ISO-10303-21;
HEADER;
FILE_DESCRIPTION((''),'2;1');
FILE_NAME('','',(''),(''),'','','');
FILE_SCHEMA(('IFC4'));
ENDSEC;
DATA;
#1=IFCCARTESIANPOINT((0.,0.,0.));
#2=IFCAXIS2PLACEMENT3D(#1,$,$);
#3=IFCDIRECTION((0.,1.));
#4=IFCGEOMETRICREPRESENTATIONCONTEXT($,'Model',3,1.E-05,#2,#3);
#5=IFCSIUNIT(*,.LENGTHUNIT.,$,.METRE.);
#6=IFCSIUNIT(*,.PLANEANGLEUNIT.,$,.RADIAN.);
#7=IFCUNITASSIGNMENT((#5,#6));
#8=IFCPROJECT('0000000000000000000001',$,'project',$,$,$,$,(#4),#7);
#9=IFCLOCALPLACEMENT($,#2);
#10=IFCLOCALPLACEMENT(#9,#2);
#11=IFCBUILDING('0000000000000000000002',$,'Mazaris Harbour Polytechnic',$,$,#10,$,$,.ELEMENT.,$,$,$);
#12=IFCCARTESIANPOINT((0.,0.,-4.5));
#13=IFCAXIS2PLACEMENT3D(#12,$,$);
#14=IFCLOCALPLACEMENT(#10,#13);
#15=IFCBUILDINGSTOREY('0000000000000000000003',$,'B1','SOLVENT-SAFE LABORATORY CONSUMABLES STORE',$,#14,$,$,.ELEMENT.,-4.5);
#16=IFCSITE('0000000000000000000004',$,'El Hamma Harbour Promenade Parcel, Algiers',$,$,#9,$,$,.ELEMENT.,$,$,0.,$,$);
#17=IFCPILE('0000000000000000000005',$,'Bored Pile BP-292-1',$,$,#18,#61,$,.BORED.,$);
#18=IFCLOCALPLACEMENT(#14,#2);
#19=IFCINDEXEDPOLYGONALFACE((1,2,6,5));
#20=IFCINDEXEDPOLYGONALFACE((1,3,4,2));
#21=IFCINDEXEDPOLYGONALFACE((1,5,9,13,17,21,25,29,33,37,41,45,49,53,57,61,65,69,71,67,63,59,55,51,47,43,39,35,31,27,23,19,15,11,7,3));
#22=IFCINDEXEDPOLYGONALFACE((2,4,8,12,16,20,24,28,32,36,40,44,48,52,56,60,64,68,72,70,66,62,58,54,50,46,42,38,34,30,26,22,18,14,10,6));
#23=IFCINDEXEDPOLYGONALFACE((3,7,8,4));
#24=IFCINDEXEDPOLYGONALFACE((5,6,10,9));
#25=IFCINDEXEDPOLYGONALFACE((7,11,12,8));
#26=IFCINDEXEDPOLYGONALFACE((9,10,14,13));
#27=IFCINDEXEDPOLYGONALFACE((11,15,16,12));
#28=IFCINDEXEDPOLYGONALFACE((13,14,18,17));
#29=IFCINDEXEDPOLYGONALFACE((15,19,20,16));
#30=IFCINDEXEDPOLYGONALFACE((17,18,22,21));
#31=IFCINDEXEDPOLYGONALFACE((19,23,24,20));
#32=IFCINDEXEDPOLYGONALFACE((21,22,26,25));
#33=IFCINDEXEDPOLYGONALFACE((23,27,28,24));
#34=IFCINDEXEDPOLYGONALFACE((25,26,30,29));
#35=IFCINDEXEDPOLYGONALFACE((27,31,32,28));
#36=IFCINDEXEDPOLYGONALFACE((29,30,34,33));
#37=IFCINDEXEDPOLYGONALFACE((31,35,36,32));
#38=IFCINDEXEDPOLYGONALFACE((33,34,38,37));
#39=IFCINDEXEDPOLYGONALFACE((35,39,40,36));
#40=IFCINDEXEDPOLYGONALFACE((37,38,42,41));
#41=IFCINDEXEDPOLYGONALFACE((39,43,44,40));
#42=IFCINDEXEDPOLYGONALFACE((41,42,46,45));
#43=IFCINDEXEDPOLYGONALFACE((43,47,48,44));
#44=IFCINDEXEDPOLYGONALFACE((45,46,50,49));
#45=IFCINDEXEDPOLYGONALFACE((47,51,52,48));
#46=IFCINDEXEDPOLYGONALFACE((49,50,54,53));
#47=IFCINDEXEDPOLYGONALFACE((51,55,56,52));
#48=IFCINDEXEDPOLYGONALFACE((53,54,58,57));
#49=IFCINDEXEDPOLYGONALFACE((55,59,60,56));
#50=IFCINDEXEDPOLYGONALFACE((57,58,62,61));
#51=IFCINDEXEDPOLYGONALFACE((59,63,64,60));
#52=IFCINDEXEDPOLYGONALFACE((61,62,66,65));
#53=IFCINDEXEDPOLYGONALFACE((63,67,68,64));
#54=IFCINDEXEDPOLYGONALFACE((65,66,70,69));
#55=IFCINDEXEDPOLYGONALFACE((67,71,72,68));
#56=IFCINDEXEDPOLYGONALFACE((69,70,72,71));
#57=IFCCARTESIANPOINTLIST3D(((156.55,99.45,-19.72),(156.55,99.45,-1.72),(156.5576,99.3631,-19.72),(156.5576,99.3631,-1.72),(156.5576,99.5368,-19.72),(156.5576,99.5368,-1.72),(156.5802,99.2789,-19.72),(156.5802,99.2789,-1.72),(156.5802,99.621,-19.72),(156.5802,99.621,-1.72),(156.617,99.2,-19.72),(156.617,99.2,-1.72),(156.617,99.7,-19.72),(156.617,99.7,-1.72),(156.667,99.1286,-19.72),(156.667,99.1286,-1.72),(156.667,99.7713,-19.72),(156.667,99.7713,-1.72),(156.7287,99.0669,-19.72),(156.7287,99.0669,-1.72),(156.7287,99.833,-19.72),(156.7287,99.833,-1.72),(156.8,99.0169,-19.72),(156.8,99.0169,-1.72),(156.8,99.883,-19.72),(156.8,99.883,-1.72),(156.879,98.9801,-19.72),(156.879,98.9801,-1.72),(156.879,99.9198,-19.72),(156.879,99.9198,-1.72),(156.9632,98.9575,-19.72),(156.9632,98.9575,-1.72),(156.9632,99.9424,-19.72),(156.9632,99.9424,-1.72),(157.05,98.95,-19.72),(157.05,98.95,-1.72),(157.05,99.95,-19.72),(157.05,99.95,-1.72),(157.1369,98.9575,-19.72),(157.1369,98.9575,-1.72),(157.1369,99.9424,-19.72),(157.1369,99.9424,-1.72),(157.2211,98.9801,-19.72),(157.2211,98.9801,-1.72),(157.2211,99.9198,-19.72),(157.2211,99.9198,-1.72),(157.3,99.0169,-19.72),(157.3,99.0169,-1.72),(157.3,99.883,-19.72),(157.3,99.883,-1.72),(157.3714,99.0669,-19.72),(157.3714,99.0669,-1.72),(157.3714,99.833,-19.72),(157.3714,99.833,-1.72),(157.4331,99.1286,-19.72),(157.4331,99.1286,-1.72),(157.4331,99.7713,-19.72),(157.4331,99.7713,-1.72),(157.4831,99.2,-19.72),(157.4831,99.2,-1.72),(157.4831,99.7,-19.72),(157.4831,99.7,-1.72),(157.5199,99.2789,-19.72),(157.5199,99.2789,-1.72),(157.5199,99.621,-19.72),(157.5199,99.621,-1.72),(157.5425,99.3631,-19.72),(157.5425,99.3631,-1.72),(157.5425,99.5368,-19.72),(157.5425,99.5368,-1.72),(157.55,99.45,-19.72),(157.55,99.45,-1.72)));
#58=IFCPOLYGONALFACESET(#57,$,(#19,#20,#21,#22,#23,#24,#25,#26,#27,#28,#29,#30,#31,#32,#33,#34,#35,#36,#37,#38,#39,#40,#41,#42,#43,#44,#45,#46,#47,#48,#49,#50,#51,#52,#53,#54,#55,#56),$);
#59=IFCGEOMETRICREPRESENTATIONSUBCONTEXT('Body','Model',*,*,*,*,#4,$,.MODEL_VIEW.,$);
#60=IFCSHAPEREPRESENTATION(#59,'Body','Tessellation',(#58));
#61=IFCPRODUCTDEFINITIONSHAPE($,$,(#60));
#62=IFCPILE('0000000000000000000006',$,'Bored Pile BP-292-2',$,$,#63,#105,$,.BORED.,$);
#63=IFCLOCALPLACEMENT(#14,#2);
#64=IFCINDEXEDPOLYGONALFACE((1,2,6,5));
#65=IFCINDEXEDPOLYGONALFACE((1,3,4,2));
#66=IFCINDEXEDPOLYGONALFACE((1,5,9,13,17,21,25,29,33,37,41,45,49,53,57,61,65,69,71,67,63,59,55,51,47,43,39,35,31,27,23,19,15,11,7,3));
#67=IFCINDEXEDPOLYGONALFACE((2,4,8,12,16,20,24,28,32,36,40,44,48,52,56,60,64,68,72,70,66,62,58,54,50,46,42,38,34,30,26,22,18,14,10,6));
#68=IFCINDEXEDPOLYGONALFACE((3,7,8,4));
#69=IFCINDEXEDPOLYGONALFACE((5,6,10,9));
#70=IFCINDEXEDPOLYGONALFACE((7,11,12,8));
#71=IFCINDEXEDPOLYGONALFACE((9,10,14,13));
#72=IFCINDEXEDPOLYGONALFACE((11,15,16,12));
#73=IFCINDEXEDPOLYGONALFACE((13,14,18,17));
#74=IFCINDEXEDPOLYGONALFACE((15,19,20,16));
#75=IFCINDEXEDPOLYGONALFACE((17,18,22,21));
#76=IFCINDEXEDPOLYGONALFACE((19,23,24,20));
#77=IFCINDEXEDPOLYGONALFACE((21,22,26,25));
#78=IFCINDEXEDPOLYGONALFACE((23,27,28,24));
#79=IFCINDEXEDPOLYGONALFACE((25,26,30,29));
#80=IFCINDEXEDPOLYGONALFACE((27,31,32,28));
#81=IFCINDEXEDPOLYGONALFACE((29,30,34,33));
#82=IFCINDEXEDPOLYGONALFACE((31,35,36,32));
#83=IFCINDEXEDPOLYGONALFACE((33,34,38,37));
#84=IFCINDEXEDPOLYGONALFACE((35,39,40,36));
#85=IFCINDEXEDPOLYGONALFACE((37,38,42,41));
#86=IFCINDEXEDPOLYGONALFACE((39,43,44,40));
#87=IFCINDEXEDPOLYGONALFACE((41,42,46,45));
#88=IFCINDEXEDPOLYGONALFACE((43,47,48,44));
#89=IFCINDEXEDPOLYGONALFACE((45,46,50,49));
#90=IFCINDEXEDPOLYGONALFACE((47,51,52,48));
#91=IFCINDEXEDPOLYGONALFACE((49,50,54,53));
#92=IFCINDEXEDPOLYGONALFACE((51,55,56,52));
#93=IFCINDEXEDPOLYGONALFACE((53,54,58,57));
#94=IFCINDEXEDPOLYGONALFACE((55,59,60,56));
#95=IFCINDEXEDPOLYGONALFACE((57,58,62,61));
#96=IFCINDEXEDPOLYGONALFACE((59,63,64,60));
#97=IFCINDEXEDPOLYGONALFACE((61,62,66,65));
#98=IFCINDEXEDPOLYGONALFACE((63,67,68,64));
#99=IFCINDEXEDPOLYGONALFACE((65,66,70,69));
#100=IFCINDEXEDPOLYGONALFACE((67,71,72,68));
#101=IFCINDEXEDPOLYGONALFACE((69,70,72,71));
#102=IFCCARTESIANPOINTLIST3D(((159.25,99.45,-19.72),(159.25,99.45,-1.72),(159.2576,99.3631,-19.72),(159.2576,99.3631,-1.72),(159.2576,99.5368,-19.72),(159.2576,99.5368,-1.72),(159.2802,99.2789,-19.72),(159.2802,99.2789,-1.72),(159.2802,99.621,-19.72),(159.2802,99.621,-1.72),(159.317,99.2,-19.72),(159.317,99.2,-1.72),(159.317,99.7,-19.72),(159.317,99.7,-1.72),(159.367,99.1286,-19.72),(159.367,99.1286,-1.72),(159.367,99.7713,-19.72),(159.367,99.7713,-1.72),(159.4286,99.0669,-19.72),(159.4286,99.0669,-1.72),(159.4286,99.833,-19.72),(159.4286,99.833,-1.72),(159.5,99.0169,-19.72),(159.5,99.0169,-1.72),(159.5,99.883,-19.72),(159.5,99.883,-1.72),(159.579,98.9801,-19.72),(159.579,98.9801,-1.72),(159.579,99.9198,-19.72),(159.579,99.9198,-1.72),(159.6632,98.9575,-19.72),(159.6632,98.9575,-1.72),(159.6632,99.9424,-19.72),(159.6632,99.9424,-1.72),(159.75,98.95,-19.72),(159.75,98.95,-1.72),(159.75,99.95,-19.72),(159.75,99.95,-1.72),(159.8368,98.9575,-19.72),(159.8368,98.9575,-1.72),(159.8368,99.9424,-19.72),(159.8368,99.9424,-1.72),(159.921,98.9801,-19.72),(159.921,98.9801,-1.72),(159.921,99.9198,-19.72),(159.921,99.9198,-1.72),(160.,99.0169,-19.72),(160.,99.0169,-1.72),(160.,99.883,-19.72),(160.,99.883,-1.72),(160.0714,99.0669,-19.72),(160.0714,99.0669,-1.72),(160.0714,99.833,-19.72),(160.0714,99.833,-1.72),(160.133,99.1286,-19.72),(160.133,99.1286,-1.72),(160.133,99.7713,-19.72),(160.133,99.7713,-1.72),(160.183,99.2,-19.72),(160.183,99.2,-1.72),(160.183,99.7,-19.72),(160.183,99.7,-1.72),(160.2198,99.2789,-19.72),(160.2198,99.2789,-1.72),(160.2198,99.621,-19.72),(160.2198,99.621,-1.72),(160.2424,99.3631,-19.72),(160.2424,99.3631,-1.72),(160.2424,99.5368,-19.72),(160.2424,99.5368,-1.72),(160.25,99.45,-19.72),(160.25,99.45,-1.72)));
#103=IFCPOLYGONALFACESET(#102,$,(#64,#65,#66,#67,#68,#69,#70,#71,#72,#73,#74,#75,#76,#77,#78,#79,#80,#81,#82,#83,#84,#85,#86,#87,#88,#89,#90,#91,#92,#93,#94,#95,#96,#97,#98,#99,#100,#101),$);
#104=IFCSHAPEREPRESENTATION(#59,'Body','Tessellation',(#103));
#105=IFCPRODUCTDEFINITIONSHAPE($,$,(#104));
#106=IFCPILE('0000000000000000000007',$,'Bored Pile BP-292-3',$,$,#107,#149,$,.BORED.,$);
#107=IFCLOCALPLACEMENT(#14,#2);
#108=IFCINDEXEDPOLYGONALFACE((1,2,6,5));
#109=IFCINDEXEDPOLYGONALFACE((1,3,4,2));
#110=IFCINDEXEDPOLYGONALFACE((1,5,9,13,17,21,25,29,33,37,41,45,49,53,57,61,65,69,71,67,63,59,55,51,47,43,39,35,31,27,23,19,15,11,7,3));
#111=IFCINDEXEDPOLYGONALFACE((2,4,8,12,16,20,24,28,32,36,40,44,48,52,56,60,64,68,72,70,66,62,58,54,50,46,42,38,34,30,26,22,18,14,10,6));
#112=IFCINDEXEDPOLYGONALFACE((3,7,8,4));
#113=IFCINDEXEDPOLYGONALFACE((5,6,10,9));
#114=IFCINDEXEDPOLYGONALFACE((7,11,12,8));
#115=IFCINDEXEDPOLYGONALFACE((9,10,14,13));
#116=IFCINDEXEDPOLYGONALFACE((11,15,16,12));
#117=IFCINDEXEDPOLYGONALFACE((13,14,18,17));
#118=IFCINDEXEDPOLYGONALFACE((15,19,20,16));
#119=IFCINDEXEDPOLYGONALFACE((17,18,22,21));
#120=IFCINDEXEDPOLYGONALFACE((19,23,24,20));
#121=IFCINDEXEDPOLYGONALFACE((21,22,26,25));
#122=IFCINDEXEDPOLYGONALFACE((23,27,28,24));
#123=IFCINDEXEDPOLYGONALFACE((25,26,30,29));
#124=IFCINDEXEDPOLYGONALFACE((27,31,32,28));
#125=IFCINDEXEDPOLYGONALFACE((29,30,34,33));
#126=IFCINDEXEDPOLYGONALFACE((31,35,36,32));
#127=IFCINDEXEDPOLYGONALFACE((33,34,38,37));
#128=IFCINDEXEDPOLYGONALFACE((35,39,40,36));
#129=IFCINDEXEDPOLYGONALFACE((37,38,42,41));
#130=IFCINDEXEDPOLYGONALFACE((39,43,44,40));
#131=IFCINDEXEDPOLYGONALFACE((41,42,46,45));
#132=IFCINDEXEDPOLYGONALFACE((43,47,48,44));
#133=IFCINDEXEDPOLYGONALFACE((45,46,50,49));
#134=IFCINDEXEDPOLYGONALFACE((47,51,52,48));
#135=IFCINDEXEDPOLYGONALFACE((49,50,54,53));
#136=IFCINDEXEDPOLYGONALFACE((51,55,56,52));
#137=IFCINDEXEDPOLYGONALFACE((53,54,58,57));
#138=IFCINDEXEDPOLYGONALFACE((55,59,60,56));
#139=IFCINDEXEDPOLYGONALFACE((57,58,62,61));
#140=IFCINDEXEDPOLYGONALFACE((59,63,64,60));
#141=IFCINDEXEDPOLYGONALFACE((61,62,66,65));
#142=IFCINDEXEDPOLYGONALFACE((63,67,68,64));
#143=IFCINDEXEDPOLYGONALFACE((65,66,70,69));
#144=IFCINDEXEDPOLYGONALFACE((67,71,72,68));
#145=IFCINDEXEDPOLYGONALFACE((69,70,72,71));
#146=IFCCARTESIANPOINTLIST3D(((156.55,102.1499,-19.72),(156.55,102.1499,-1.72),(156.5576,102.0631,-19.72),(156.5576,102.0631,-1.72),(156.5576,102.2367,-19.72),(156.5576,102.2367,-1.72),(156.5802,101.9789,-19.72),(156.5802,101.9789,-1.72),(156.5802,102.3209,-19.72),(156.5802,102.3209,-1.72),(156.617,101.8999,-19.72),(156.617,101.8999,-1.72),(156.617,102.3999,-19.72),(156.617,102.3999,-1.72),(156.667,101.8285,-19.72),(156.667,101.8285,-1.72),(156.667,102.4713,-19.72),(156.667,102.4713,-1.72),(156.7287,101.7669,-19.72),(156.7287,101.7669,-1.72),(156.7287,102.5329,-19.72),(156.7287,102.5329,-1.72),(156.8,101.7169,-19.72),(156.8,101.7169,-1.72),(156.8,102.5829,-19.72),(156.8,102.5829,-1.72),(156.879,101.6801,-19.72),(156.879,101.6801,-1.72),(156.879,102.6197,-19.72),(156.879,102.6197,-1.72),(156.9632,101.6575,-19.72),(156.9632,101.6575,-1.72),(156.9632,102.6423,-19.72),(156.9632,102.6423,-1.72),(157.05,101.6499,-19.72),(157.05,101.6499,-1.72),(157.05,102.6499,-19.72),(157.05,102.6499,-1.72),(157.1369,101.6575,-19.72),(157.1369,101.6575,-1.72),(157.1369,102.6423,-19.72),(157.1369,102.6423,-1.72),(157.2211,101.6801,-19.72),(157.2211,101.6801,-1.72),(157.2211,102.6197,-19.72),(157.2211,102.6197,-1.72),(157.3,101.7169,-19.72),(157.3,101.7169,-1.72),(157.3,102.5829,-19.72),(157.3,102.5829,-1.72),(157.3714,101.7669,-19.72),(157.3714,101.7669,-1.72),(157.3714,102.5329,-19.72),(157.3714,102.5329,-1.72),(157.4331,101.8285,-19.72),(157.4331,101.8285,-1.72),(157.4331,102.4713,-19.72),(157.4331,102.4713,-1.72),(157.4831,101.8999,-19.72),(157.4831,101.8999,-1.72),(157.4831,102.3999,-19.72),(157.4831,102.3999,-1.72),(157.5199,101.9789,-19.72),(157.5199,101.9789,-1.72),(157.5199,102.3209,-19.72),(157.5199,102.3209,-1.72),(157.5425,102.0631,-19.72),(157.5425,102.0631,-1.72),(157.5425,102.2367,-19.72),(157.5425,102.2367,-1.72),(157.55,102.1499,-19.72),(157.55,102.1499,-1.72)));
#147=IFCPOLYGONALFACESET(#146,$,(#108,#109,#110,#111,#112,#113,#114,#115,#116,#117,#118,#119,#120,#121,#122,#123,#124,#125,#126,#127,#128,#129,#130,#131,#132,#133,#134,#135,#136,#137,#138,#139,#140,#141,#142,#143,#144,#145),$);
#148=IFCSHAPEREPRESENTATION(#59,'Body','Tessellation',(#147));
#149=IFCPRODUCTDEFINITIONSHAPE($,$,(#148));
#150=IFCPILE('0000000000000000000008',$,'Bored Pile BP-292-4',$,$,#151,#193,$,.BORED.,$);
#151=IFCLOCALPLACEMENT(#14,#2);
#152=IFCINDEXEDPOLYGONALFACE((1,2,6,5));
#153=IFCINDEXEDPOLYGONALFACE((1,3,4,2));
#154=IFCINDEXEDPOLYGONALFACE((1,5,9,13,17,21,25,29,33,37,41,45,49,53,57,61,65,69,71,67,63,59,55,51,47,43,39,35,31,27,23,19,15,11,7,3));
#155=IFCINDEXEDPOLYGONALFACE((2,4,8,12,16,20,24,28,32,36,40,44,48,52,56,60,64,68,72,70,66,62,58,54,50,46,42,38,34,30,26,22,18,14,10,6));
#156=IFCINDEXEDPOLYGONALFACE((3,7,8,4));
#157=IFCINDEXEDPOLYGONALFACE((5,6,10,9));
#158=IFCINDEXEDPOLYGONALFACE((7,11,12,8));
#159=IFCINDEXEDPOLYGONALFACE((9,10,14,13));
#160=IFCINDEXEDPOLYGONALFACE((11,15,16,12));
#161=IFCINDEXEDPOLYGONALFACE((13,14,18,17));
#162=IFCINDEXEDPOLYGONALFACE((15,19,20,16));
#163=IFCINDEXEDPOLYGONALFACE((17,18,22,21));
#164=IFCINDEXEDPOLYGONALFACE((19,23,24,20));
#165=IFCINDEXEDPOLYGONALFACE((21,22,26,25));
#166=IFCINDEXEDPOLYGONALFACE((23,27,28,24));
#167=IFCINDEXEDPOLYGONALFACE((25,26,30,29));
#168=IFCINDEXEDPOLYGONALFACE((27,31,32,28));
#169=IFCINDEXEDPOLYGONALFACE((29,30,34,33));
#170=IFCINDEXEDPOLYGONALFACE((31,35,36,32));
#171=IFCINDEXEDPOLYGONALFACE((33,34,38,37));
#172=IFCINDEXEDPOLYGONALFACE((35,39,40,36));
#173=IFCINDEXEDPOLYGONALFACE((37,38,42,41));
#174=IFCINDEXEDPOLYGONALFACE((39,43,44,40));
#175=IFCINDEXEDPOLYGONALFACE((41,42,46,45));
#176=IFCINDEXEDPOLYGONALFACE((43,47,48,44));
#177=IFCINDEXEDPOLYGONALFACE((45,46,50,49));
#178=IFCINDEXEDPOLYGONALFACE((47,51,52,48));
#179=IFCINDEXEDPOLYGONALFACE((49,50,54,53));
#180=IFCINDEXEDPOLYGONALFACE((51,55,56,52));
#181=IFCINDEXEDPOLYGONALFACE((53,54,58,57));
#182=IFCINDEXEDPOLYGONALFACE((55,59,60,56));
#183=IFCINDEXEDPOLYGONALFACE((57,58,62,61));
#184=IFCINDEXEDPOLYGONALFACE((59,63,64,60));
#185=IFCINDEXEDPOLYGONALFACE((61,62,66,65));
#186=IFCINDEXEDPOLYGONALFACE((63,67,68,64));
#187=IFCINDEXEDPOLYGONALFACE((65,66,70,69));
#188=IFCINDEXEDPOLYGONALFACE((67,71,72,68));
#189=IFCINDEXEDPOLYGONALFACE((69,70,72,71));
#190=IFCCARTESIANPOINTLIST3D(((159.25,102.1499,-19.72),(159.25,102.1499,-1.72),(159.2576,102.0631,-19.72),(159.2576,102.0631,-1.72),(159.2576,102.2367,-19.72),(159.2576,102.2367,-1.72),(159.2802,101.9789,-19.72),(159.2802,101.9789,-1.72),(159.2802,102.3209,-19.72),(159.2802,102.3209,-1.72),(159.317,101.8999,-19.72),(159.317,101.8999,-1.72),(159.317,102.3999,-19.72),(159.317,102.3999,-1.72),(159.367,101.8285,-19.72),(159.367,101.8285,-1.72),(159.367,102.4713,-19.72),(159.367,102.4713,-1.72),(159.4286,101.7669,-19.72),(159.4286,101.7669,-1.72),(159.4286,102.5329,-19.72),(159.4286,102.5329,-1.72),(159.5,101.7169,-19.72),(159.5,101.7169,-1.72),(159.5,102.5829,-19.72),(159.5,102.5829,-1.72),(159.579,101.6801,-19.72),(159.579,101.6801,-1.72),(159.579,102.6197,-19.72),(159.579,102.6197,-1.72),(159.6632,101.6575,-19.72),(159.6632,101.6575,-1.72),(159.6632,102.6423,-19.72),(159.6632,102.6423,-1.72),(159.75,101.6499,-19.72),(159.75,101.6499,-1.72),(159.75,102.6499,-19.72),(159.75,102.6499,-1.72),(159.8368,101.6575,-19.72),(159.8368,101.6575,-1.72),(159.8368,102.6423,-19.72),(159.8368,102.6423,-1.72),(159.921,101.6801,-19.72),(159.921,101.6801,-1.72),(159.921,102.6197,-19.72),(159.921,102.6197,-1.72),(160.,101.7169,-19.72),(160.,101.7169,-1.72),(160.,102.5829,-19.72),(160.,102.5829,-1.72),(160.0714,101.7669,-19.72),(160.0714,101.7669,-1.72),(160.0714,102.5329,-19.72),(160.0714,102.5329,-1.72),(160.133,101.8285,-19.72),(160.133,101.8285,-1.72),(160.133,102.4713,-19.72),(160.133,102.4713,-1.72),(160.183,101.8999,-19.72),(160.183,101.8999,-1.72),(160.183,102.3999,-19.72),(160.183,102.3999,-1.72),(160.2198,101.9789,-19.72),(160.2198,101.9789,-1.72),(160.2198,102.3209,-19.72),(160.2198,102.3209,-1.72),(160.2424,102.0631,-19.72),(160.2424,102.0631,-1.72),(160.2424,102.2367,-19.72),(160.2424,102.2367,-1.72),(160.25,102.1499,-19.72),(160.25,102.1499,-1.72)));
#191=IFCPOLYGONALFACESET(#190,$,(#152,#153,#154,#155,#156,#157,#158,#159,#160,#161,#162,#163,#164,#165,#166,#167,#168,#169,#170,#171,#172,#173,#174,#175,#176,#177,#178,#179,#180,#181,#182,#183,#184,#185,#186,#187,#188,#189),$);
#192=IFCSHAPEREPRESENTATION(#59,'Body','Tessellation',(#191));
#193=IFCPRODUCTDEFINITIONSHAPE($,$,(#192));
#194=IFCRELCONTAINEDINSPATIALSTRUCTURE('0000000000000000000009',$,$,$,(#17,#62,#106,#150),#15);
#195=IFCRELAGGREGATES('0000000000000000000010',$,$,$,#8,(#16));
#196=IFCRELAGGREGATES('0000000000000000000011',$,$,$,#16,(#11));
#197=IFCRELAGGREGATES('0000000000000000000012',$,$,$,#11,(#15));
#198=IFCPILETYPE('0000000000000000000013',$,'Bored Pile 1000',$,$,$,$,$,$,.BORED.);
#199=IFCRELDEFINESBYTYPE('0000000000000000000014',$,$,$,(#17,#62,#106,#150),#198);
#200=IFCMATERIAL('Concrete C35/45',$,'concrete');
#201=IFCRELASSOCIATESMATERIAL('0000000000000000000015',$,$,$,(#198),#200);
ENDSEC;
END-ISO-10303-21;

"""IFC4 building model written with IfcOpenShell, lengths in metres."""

from ifc_helpers import new_model, si_unit, direction, frame, origin, origin_2d, place, context, subcontext, project, spatial, circle, extrude, material, material_profile, profile_set, type_object, element, save


model = new_model("IFC4")

# Units and contexts
model_context = context("Model", 3, precision=1e-05, world=origin(), true_north=direction((0.0, 1.0)))
body_context = subcontext(model_context, "Body", "Model", "MODEL_VIEW")
ifc_project = project(units=[si_unit("LENGTHUNIT", "METRE"), si_unit("PLANEANGLEUNIT", "RADIAN")], contexts=[model_context])

# Site, building, storey
site_placement = place(None, origin())
site = spatial("IfcSite", under=ifc_project, at=site_placement, Name="El Hamma Harbour Promenade Parcel, Algiers", CompositionType="ELEMENT", RefElevation=0.0)
building_placement = place(site_placement, origin())
building = spatial("IfcBuilding", under=site, at=building_placement, Name="Mazaris Harbour Polytechnic", CompositionType="ELEMENT")
storey_placement = place(building_placement, frame((0.0, 0.0, -4.5)))
storey = spatial("IfcBuildingStorey", under=building, at=storey_placement, Name="B1", Description="SOLVENT-SAFE LABORATORY CONSUMABLES STORE", CompositionType="ELEMENT", Elevation=-4.5)

# Piles
ifc_material_1 = material(Name="Concrete C35/45", Category="concrete")
ifc_material_profile_1 = material_profile(ifc_material_1, circle(Radius=0.5, at=origin_2d()), Name="DIA1000")
ifc_profile_set_1 = profile_set([ifc_material_profile_1], Name="Concrete C35/45")
pile_type_1 = type_object("IfcPileType", Name="Bored Pile 1000", PredefinedType="BORED", material=ifc_profile_set_1)
for number, where, z_axis, x_axis, name in (
    (1, (157.05, 99.45, -1.72), (0.0, 0.0, -1.0), (1.0, 0.0, 0.0), "Bored Pile BP-292-1"),
    (2, (159.75, 99.45, -1.72), (0.0, 0.0, -1.0), (1.0, 0.0, 0.0), "Bored Pile BP-292-2"),
    (3, (157.05, 102.1499, -1.72), (0.0, 0.0, -1.0), (1.0, 0.0, 0.0), "Bored Pile BP-292-3"),
    (4, (159.75, 102.1499, -1.72), (0.0, 0.0, -1.0), (1.0, 0.0, 0.0), "Bored Pile BP-292-4"),
):
    element("IfcPile", number, at=place(storey_placement, frame(where, z_axis=z_axis, x_axis=x_axis)), inside=storey, type_object=pile_type_1, Name=name, PredefinedType="BORED", context=body_context, shape_type="SweptSolid", body=[
        extrude(circle(Radius=0.5, at=origin_2d()), origin(), (0.0, 0.0, 1.0), 18.0),
    ])

save(model, "model.ifc")
